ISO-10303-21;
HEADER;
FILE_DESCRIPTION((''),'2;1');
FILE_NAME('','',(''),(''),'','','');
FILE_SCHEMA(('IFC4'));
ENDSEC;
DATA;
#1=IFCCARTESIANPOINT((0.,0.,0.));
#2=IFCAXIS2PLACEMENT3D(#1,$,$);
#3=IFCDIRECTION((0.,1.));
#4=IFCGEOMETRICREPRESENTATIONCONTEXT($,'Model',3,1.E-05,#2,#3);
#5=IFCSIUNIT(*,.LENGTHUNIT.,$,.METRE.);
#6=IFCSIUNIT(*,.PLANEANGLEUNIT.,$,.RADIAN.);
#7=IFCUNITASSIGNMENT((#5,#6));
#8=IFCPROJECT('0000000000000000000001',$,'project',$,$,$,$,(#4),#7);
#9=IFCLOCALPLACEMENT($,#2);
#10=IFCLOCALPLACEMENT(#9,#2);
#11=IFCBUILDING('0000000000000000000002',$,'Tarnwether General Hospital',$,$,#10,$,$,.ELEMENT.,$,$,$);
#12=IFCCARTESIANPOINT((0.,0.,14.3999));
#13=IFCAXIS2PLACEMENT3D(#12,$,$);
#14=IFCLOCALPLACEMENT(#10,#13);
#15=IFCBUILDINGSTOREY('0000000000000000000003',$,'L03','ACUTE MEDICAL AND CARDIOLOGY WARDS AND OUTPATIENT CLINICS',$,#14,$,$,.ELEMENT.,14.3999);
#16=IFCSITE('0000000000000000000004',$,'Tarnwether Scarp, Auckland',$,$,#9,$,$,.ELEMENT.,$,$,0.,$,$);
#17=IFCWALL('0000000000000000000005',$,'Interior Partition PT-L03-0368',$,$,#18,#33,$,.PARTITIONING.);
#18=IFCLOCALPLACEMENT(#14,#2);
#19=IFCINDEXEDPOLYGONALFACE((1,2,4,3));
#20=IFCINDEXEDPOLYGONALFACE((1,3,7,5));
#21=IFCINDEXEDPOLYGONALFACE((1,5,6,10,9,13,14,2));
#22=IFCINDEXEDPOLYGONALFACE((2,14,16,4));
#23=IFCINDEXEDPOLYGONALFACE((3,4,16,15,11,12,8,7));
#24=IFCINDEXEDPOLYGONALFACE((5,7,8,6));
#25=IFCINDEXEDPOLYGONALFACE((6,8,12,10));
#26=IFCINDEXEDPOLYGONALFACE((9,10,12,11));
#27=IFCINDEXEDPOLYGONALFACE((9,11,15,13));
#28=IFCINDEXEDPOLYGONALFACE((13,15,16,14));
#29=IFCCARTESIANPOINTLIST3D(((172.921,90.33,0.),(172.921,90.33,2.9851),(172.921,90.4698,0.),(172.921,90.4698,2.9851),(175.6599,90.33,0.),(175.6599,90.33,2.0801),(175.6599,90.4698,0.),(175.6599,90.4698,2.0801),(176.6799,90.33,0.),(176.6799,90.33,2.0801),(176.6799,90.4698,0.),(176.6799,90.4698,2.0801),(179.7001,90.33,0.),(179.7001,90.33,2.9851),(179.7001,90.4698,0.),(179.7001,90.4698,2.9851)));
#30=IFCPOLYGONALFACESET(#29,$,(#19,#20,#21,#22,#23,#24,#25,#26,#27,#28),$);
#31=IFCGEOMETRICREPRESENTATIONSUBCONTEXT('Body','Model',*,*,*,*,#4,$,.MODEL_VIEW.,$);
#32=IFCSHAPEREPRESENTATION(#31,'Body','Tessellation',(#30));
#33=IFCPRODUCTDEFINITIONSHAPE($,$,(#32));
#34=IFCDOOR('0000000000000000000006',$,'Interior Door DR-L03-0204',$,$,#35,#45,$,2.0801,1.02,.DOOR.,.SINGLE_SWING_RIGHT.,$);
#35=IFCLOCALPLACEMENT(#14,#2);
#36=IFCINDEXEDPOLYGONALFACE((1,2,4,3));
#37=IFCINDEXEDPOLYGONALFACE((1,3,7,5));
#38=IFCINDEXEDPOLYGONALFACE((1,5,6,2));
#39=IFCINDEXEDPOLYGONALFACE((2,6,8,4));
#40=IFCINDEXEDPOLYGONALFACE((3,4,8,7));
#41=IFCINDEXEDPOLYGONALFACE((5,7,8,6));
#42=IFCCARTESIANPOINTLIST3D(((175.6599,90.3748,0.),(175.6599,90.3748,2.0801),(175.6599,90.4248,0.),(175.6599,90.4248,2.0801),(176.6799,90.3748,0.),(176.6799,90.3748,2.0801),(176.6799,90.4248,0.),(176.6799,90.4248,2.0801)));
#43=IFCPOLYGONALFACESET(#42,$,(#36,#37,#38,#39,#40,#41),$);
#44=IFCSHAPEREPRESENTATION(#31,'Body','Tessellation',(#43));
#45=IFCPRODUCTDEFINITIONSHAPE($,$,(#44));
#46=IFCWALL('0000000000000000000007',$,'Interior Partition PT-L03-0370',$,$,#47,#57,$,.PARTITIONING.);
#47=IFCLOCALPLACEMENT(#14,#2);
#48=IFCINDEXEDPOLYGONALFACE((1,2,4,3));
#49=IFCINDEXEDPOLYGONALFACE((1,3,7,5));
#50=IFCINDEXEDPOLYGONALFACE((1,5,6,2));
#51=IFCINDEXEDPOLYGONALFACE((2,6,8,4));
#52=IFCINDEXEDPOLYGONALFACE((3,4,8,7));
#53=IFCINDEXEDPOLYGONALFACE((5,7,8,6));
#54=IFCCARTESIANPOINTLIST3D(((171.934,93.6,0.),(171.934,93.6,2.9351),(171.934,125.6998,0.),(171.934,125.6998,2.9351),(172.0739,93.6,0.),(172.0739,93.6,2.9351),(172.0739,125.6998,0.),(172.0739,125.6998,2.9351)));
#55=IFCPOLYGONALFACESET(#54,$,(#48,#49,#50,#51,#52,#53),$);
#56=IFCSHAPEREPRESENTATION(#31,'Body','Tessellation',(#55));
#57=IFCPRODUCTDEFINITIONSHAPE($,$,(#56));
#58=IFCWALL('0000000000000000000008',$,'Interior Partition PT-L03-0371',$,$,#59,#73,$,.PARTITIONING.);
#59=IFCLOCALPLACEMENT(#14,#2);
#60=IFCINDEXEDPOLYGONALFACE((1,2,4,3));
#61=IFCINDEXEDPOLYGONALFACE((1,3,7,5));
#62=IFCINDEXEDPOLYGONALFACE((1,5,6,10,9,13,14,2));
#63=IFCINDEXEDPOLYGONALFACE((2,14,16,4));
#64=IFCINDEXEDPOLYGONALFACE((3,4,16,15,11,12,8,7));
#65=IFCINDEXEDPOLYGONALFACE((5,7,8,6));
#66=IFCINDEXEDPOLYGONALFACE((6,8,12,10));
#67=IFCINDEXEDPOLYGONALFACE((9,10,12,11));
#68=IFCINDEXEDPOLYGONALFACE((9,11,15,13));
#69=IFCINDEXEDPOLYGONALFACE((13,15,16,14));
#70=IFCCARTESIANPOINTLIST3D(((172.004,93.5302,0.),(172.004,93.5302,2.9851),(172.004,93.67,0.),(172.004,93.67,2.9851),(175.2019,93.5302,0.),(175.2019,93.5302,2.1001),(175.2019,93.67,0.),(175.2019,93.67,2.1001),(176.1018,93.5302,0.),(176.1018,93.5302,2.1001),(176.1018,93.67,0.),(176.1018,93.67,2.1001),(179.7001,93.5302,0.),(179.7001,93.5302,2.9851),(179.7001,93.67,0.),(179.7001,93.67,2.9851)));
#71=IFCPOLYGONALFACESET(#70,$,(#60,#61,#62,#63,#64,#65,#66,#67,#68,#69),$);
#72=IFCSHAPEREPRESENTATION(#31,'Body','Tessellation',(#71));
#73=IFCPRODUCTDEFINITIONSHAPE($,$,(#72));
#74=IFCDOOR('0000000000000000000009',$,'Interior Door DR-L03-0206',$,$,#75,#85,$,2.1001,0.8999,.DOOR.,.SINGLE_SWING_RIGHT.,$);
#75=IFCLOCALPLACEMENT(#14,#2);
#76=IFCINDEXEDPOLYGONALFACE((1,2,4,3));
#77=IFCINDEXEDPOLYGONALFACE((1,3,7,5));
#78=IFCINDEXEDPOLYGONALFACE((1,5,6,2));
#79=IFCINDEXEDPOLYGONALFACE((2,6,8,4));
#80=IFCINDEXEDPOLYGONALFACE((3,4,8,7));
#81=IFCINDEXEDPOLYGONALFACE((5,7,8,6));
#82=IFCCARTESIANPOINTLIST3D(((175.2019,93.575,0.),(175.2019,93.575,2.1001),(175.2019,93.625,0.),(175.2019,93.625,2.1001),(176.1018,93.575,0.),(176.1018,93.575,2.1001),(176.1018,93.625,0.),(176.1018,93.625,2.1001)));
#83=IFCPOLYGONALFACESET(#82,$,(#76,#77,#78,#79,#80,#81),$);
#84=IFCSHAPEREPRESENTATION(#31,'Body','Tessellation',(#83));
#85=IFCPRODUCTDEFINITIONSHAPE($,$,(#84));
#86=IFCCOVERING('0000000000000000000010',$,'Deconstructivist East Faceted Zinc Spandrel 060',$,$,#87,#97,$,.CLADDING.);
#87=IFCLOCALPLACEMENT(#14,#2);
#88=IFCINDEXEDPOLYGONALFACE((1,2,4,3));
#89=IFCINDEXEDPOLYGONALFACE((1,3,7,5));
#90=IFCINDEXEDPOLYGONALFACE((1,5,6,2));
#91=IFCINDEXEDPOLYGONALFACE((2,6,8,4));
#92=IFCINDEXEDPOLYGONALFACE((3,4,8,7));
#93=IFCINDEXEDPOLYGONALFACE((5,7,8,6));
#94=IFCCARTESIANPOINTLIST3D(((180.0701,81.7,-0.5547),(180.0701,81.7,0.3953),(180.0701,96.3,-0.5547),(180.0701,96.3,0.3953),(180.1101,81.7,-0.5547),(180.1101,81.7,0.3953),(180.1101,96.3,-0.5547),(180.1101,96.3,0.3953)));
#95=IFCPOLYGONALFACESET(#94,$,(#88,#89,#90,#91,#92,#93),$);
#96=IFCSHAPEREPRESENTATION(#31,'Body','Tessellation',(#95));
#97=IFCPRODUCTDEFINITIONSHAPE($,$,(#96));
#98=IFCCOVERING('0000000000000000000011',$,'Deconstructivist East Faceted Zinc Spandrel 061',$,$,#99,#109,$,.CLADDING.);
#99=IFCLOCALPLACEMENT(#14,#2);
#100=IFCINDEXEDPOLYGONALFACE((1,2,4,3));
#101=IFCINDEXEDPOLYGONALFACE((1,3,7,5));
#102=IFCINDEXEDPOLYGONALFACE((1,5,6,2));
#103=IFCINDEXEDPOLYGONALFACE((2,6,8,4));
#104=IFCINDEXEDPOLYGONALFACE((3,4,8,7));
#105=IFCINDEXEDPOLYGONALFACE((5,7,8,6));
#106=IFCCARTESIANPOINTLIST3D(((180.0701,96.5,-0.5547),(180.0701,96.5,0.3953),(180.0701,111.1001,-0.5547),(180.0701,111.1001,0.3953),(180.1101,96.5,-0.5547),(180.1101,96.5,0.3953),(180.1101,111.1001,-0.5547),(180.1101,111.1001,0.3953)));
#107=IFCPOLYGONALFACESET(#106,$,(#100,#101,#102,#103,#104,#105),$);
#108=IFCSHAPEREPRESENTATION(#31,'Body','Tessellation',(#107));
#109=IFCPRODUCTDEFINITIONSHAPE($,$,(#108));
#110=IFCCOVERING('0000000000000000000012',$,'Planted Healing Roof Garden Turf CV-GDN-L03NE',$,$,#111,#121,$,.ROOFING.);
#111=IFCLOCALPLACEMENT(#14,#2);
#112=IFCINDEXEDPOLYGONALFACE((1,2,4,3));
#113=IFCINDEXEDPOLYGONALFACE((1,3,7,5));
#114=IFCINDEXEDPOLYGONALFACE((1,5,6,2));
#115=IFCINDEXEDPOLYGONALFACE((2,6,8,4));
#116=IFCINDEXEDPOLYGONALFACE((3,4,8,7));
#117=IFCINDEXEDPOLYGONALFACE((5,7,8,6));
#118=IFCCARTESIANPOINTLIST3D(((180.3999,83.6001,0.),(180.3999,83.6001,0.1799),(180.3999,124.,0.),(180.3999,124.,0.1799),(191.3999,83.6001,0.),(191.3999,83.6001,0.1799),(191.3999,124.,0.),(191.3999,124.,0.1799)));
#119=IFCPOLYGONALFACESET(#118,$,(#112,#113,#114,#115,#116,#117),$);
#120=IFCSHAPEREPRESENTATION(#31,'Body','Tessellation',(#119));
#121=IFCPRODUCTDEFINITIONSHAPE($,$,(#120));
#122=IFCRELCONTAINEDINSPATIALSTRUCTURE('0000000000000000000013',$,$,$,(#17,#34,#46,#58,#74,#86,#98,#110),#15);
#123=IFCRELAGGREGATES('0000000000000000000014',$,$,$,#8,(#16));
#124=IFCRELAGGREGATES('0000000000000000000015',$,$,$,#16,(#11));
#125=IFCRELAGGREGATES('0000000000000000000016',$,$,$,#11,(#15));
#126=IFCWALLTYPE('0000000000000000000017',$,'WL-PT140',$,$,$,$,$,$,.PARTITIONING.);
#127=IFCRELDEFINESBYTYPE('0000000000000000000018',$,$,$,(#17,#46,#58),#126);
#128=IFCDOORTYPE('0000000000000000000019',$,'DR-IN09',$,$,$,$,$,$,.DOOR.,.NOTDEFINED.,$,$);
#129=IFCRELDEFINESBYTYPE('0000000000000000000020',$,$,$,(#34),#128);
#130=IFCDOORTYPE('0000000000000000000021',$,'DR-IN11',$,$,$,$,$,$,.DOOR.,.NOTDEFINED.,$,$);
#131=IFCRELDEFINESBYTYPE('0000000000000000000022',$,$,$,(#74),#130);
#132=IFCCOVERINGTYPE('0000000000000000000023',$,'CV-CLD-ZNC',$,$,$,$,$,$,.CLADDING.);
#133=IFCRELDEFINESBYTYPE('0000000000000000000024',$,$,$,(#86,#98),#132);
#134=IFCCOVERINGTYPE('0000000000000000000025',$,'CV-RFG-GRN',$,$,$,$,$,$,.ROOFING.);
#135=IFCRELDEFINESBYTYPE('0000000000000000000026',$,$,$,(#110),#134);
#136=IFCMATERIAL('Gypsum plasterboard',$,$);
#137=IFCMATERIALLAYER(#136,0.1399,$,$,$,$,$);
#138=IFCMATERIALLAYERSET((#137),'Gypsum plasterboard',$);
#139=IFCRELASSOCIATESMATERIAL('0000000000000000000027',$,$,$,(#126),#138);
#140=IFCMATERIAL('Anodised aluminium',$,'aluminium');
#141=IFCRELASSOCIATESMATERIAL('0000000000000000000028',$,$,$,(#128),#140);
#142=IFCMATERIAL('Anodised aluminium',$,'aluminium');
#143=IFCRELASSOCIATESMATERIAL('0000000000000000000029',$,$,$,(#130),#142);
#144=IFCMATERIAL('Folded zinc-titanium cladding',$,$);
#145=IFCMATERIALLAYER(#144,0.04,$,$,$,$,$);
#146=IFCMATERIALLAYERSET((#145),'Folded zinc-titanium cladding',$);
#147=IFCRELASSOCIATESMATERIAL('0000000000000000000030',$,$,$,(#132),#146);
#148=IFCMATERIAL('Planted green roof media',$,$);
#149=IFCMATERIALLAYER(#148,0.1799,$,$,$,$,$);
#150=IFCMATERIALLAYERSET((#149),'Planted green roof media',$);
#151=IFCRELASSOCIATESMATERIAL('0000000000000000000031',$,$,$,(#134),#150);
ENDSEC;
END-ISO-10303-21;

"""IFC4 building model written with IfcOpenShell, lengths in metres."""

from ifc_helpers import new_model, si_unit, direction, frame, frame_2d, origin, origin_2d, place, context, subcontext, project, spatial, rectangle, extrude, material, layer, layer_set, type_object, element, fill, save


model = new_model("IFC4")

# Units and contexts
model_context = context("Model", 3, precision=1e-05, world=origin(), true_north=direction((0.0, 1.0)))
body_context = subcontext(model_context, "Body", "Model", "MODEL_VIEW")
ifc_project = project(units=[si_unit("LENGTHUNIT", "METRE"), si_unit("PLANEANGLEUNIT", "RADIAN")], contexts=[model_context])

# Site, building, storey
site_placement = place(None, origin())
site = spatial("IfcSite", under=ifc_project, at=site_placement, Name="Tarnwether Scarp, Auckland", CompositionType="ELEMENT", RefElevation=0.0)
building_placement = place(site_placement, origin())
building = spatial("IfcBuilding", under=site, at=building_placement, Name="Tarnwether General Hospital", CompositionType="ELEMENT")
storey_placement = place(building_placement, frame((0.0, 0.0, 14.3999)))
storey = spatial("IfcBuildingStorey", under=building, at=storey_placement, Name="L03", Description="ACUTE MEDICAL AND CARDIOLOGY WARDS AND OUTPATIENT CLINICS", CompositionType="ELEMENT", Elevation=14.3999)

# Shared definitions
ifc_material_1 = material(Name="Gypsum plasterboard")
ifc_layer_1 = layer(ifc_material_1, 0.1399)
ifc_layer_set_1 = layer_set([ifc_layer_1], Name="Gypsum plasterboard")
wall_type = type_object("IfcWallType", Name="WL-PT140", PredefinedType="PARTITIONING", material=ifc_layer_set_1)

# Wall, opening, door
wall_1_placement = place(storey_placement, frame((172.9209, 90.3999, 0.0), z_axis=(0.0, 0.0, 1.0), x_axis=(1.0, 0.0, 0.0)))
wall_1 = element("IfcWall", 1, at=wall_1_placement, inside=storey, type_object=wall_type, Name="Interior Partition PT-L03-0368", PredefinedType="PARTITIONING", context=body_context, shape_type="SweptSolid", body=[
    extrude(rectangle(XDim=6.7791, YDim=0.1399, at=frame_2d((3.3896, 0.0))), origin(), (0.0, 0.0, 1.0), 2.9851),
])
opening_1_placement = place(wall_1_placement, frame((2.739, 0.0, 0.0)))
opening_1 = element("IfcOpeningElement", 2, at=opening_1_placement, cuts=wall_1, PredefinedType="OPENING", context=body_context, shape_type="SweptSolid", body=[
    extrude(rectangle(XDim=1.02, YDim=2.0801, at=frame_2d((0.51, 1.04))), frame((0.0, 0.0801, 0.0), z_axis=(0.0, -1.0, 0.0), x_axis=(1.0, 0.0, 0.0)), (0.0, 0.0, 1.0), 0.1599),
])
ifc_material_2 = material(Name="Anodised aluminium", Category="aluminium")
door_type_1 = type_object("IfcDoorType", Name="DR-IN09", OperationType="NOTDEFINED", PredefinedType="DOOR", material=ifc_material_2)
door_1_placement = place(opening_1_placement, origin())
door_1 = element("IfcDoor", 3, at=door_1_placement, inside=storey, type_object=door_type_1, Name="Interior Door DR-L03-0204", OperationType="SINGLE_SWING_RIGHT", OverallHeight=2.0801, OverallWidth=1.02, PredefinedType="DOOR", context=body_context, shape_type="SweptSolid", body=[
    extrude(rectangle(XDim=1.02, YDim=2.0801, at=frame_2d((0.51, 1.04))), frame((0.0, 0.0249, 0.0), z_axis=(0.0, -1.0, 0.0), x_axis=(1.0, 0.0, 0.0)), (0.0, 0.0, 1.0), 0.05),
])
fill(opening_1, door_1)

# Wall
wall_2_placement = place(storey_placement, frame((172.0039, 93.6001, 0.0), z_axis=(0.0, 0.0, 1.0), x_axis=(0.0, 1.0, 0.0)))
element("IfcWall", 4, at=wall_2_placement, inside=storey, type_object=wall_type, Name="Interior Partition PT-L03-0370", PredefinedType="PARTITIONING", context=body_context, shape_type="SweptSolid", body=[
    extrude(rectangle(XDim=32.0999, YDim=0.1399, at=frame_2d((16.0498, 0.0))), origin(), (0.0, 0.0, 1.0), 2.9351),
])

# Wall, opening, door
wall_3_placement = place(storey_placement, frame((172.0039, 93.6001, 0.0), z_axis=(0.0, 0.0, 1.0), x_axis=(1.0, 0.0, 0.0)))
wall_3 = element("IfcWall", 5, at=wall_3_placement, inside=storey, type_object=wall_type, Name="Interior Partition PT-L03-0371", PredefinedType="PARTITIONING", context=body_context, shape_type="SweptSolid", body=[
    extrude(rectangle(XDim=7.696, YDim=0.1399, at=frame_2d((3.8481, 0.0))), origin(), (0.0, 0.0, 1.0), 2.9851),
])
opening_2_placement = place(wall_3_placement, frame((3.198, 0.0, 0.0)))
opening_2 = element("IfcOpeningElement", 6, at=opening_2_placement, cuts=wall_3, PredefinedType="OPENING", context=body_context, shape_type="SweptSolid", body=[
    extrude(rectangle(XDim=0.8999, YDim=2.1001, at=frame_2d((0.45, 1.05))), frame((0.0, 0.0801, 0.0), z_axis=(0.0, -1.0, 0.0), x_axis=(1.0, 0.0, 0.0)), (0.0, 0.0, 1.0), 0.1599),
])
ifc_material_3 = material(Name="Anodised aluminium", Category="aluminium")
door_type_2 = type_object("IfcDoorType", Name="DR-IN11", OperationType="NOTDEFINED", PredefinedType="DOOR", material=ifc_material_3)
door_2_placement = place(opening_2_placement, origin())
door_2 = element("IfcDoor", 7, at=door_2_placement, inside=storey, type_object=door_type_2, Name="Interior Door DR-L03-0206", OperationType="SINGLE_SWING_RIGHT", OverallHeight=2.1001, OverallWidth=0.8999, PredefinedType="DOOR", context=body_context, shape_type="SweptSolid", body=[
    extrude(rectangle(XDim=0.8999, YDim=2.1001, at=frame_2d((0.45, 1.05))), frame((0.0, 0.0249, 0.0), z_axis=(0.0, -1.0, 0.0), x_axis=(1.0, 0.0, 0.0)), (0.0, 0.0, 1.0), 0.05),
])
fill(opening_2, door_2)

# Coverings
ifc_material_4 = material(Name="Folded zinc-titanium cladding")
ifc_layer_2 = layer(ifc_material_4, 0.04)
ifc_layer_set_2 = layer_set([ifc_layer_2], Name="Folded zinc-titanium cladding")
covering_type_1 = type_object("IfcCoveringType", Name="CV-CLD-ZNC", PredefinedType="CLADDING", material=ifc_layer_set_2)
for number, where, z_axis, x_axis, name in (
    (8, (180.0901, 89.0, -0.5547), (0.0, 0.0, 1.0), (0.0, 1.0, 0.0), "Deconstructivist East Faceted Zinc Spandrel 060"),
    (9, (180.0901, 103.8, -0.5547), (0.0, 0.0, 1.0), (0.0, 1.0, 0.0), "Deconstructivist East Faceted Zinc Spandrel 061"),
):
    element("IfcCovering", number, at=place(storey_placement, frame(where, z_axis=z_axis, x_axis=x_axis)), inside=storey, type_object=covering_type_1, Name=name, PredefinedType="CLADDING", context=body_context, shape_type="SweptSolid", body=[
        extrude(rectangle(XDim=14.6001, YDim=0.04, at=origin_2d()), origin(), (0.0, 0.0, 1.0), 0.95),
    ])
ifc_material_5 = material(Name="Planted green roof media")
ifc_layer_3 = layer(ifc_material_5, 0.1799)
ifc_layer_set_3 = layer_set([ifc_layer_3], Name="Planted green roof media")
covering_type_2 = type_object("IfcCoveringType", Name="CV-RFG-GRN", PredefinedType="ROOFING", material=ifc_layer_set_3)
covering_placement = place(storey_placement, frame((185.8999, 103.8, 0.0), z_axis=(0.0, 0.0, 1.0), x_axis=(1.0, 0.0, 0.0)))
element("IfcCovering", 10, at=covering_placement, inside=storey, type_object=covering_type_2, Name="Planted Healing Roof Garden Turf CV-GDN-L03NE", PredefinedType="ROOFING", context=body_context, shape_type="SweptSolid", body=[
    extrude(rectangle(XDim=11.0, YDim=40.3999, at=origin_2d()), origin(), (0.0, 0.0, 1.0), 0.1799),
])

save(model, "model.ifc")
